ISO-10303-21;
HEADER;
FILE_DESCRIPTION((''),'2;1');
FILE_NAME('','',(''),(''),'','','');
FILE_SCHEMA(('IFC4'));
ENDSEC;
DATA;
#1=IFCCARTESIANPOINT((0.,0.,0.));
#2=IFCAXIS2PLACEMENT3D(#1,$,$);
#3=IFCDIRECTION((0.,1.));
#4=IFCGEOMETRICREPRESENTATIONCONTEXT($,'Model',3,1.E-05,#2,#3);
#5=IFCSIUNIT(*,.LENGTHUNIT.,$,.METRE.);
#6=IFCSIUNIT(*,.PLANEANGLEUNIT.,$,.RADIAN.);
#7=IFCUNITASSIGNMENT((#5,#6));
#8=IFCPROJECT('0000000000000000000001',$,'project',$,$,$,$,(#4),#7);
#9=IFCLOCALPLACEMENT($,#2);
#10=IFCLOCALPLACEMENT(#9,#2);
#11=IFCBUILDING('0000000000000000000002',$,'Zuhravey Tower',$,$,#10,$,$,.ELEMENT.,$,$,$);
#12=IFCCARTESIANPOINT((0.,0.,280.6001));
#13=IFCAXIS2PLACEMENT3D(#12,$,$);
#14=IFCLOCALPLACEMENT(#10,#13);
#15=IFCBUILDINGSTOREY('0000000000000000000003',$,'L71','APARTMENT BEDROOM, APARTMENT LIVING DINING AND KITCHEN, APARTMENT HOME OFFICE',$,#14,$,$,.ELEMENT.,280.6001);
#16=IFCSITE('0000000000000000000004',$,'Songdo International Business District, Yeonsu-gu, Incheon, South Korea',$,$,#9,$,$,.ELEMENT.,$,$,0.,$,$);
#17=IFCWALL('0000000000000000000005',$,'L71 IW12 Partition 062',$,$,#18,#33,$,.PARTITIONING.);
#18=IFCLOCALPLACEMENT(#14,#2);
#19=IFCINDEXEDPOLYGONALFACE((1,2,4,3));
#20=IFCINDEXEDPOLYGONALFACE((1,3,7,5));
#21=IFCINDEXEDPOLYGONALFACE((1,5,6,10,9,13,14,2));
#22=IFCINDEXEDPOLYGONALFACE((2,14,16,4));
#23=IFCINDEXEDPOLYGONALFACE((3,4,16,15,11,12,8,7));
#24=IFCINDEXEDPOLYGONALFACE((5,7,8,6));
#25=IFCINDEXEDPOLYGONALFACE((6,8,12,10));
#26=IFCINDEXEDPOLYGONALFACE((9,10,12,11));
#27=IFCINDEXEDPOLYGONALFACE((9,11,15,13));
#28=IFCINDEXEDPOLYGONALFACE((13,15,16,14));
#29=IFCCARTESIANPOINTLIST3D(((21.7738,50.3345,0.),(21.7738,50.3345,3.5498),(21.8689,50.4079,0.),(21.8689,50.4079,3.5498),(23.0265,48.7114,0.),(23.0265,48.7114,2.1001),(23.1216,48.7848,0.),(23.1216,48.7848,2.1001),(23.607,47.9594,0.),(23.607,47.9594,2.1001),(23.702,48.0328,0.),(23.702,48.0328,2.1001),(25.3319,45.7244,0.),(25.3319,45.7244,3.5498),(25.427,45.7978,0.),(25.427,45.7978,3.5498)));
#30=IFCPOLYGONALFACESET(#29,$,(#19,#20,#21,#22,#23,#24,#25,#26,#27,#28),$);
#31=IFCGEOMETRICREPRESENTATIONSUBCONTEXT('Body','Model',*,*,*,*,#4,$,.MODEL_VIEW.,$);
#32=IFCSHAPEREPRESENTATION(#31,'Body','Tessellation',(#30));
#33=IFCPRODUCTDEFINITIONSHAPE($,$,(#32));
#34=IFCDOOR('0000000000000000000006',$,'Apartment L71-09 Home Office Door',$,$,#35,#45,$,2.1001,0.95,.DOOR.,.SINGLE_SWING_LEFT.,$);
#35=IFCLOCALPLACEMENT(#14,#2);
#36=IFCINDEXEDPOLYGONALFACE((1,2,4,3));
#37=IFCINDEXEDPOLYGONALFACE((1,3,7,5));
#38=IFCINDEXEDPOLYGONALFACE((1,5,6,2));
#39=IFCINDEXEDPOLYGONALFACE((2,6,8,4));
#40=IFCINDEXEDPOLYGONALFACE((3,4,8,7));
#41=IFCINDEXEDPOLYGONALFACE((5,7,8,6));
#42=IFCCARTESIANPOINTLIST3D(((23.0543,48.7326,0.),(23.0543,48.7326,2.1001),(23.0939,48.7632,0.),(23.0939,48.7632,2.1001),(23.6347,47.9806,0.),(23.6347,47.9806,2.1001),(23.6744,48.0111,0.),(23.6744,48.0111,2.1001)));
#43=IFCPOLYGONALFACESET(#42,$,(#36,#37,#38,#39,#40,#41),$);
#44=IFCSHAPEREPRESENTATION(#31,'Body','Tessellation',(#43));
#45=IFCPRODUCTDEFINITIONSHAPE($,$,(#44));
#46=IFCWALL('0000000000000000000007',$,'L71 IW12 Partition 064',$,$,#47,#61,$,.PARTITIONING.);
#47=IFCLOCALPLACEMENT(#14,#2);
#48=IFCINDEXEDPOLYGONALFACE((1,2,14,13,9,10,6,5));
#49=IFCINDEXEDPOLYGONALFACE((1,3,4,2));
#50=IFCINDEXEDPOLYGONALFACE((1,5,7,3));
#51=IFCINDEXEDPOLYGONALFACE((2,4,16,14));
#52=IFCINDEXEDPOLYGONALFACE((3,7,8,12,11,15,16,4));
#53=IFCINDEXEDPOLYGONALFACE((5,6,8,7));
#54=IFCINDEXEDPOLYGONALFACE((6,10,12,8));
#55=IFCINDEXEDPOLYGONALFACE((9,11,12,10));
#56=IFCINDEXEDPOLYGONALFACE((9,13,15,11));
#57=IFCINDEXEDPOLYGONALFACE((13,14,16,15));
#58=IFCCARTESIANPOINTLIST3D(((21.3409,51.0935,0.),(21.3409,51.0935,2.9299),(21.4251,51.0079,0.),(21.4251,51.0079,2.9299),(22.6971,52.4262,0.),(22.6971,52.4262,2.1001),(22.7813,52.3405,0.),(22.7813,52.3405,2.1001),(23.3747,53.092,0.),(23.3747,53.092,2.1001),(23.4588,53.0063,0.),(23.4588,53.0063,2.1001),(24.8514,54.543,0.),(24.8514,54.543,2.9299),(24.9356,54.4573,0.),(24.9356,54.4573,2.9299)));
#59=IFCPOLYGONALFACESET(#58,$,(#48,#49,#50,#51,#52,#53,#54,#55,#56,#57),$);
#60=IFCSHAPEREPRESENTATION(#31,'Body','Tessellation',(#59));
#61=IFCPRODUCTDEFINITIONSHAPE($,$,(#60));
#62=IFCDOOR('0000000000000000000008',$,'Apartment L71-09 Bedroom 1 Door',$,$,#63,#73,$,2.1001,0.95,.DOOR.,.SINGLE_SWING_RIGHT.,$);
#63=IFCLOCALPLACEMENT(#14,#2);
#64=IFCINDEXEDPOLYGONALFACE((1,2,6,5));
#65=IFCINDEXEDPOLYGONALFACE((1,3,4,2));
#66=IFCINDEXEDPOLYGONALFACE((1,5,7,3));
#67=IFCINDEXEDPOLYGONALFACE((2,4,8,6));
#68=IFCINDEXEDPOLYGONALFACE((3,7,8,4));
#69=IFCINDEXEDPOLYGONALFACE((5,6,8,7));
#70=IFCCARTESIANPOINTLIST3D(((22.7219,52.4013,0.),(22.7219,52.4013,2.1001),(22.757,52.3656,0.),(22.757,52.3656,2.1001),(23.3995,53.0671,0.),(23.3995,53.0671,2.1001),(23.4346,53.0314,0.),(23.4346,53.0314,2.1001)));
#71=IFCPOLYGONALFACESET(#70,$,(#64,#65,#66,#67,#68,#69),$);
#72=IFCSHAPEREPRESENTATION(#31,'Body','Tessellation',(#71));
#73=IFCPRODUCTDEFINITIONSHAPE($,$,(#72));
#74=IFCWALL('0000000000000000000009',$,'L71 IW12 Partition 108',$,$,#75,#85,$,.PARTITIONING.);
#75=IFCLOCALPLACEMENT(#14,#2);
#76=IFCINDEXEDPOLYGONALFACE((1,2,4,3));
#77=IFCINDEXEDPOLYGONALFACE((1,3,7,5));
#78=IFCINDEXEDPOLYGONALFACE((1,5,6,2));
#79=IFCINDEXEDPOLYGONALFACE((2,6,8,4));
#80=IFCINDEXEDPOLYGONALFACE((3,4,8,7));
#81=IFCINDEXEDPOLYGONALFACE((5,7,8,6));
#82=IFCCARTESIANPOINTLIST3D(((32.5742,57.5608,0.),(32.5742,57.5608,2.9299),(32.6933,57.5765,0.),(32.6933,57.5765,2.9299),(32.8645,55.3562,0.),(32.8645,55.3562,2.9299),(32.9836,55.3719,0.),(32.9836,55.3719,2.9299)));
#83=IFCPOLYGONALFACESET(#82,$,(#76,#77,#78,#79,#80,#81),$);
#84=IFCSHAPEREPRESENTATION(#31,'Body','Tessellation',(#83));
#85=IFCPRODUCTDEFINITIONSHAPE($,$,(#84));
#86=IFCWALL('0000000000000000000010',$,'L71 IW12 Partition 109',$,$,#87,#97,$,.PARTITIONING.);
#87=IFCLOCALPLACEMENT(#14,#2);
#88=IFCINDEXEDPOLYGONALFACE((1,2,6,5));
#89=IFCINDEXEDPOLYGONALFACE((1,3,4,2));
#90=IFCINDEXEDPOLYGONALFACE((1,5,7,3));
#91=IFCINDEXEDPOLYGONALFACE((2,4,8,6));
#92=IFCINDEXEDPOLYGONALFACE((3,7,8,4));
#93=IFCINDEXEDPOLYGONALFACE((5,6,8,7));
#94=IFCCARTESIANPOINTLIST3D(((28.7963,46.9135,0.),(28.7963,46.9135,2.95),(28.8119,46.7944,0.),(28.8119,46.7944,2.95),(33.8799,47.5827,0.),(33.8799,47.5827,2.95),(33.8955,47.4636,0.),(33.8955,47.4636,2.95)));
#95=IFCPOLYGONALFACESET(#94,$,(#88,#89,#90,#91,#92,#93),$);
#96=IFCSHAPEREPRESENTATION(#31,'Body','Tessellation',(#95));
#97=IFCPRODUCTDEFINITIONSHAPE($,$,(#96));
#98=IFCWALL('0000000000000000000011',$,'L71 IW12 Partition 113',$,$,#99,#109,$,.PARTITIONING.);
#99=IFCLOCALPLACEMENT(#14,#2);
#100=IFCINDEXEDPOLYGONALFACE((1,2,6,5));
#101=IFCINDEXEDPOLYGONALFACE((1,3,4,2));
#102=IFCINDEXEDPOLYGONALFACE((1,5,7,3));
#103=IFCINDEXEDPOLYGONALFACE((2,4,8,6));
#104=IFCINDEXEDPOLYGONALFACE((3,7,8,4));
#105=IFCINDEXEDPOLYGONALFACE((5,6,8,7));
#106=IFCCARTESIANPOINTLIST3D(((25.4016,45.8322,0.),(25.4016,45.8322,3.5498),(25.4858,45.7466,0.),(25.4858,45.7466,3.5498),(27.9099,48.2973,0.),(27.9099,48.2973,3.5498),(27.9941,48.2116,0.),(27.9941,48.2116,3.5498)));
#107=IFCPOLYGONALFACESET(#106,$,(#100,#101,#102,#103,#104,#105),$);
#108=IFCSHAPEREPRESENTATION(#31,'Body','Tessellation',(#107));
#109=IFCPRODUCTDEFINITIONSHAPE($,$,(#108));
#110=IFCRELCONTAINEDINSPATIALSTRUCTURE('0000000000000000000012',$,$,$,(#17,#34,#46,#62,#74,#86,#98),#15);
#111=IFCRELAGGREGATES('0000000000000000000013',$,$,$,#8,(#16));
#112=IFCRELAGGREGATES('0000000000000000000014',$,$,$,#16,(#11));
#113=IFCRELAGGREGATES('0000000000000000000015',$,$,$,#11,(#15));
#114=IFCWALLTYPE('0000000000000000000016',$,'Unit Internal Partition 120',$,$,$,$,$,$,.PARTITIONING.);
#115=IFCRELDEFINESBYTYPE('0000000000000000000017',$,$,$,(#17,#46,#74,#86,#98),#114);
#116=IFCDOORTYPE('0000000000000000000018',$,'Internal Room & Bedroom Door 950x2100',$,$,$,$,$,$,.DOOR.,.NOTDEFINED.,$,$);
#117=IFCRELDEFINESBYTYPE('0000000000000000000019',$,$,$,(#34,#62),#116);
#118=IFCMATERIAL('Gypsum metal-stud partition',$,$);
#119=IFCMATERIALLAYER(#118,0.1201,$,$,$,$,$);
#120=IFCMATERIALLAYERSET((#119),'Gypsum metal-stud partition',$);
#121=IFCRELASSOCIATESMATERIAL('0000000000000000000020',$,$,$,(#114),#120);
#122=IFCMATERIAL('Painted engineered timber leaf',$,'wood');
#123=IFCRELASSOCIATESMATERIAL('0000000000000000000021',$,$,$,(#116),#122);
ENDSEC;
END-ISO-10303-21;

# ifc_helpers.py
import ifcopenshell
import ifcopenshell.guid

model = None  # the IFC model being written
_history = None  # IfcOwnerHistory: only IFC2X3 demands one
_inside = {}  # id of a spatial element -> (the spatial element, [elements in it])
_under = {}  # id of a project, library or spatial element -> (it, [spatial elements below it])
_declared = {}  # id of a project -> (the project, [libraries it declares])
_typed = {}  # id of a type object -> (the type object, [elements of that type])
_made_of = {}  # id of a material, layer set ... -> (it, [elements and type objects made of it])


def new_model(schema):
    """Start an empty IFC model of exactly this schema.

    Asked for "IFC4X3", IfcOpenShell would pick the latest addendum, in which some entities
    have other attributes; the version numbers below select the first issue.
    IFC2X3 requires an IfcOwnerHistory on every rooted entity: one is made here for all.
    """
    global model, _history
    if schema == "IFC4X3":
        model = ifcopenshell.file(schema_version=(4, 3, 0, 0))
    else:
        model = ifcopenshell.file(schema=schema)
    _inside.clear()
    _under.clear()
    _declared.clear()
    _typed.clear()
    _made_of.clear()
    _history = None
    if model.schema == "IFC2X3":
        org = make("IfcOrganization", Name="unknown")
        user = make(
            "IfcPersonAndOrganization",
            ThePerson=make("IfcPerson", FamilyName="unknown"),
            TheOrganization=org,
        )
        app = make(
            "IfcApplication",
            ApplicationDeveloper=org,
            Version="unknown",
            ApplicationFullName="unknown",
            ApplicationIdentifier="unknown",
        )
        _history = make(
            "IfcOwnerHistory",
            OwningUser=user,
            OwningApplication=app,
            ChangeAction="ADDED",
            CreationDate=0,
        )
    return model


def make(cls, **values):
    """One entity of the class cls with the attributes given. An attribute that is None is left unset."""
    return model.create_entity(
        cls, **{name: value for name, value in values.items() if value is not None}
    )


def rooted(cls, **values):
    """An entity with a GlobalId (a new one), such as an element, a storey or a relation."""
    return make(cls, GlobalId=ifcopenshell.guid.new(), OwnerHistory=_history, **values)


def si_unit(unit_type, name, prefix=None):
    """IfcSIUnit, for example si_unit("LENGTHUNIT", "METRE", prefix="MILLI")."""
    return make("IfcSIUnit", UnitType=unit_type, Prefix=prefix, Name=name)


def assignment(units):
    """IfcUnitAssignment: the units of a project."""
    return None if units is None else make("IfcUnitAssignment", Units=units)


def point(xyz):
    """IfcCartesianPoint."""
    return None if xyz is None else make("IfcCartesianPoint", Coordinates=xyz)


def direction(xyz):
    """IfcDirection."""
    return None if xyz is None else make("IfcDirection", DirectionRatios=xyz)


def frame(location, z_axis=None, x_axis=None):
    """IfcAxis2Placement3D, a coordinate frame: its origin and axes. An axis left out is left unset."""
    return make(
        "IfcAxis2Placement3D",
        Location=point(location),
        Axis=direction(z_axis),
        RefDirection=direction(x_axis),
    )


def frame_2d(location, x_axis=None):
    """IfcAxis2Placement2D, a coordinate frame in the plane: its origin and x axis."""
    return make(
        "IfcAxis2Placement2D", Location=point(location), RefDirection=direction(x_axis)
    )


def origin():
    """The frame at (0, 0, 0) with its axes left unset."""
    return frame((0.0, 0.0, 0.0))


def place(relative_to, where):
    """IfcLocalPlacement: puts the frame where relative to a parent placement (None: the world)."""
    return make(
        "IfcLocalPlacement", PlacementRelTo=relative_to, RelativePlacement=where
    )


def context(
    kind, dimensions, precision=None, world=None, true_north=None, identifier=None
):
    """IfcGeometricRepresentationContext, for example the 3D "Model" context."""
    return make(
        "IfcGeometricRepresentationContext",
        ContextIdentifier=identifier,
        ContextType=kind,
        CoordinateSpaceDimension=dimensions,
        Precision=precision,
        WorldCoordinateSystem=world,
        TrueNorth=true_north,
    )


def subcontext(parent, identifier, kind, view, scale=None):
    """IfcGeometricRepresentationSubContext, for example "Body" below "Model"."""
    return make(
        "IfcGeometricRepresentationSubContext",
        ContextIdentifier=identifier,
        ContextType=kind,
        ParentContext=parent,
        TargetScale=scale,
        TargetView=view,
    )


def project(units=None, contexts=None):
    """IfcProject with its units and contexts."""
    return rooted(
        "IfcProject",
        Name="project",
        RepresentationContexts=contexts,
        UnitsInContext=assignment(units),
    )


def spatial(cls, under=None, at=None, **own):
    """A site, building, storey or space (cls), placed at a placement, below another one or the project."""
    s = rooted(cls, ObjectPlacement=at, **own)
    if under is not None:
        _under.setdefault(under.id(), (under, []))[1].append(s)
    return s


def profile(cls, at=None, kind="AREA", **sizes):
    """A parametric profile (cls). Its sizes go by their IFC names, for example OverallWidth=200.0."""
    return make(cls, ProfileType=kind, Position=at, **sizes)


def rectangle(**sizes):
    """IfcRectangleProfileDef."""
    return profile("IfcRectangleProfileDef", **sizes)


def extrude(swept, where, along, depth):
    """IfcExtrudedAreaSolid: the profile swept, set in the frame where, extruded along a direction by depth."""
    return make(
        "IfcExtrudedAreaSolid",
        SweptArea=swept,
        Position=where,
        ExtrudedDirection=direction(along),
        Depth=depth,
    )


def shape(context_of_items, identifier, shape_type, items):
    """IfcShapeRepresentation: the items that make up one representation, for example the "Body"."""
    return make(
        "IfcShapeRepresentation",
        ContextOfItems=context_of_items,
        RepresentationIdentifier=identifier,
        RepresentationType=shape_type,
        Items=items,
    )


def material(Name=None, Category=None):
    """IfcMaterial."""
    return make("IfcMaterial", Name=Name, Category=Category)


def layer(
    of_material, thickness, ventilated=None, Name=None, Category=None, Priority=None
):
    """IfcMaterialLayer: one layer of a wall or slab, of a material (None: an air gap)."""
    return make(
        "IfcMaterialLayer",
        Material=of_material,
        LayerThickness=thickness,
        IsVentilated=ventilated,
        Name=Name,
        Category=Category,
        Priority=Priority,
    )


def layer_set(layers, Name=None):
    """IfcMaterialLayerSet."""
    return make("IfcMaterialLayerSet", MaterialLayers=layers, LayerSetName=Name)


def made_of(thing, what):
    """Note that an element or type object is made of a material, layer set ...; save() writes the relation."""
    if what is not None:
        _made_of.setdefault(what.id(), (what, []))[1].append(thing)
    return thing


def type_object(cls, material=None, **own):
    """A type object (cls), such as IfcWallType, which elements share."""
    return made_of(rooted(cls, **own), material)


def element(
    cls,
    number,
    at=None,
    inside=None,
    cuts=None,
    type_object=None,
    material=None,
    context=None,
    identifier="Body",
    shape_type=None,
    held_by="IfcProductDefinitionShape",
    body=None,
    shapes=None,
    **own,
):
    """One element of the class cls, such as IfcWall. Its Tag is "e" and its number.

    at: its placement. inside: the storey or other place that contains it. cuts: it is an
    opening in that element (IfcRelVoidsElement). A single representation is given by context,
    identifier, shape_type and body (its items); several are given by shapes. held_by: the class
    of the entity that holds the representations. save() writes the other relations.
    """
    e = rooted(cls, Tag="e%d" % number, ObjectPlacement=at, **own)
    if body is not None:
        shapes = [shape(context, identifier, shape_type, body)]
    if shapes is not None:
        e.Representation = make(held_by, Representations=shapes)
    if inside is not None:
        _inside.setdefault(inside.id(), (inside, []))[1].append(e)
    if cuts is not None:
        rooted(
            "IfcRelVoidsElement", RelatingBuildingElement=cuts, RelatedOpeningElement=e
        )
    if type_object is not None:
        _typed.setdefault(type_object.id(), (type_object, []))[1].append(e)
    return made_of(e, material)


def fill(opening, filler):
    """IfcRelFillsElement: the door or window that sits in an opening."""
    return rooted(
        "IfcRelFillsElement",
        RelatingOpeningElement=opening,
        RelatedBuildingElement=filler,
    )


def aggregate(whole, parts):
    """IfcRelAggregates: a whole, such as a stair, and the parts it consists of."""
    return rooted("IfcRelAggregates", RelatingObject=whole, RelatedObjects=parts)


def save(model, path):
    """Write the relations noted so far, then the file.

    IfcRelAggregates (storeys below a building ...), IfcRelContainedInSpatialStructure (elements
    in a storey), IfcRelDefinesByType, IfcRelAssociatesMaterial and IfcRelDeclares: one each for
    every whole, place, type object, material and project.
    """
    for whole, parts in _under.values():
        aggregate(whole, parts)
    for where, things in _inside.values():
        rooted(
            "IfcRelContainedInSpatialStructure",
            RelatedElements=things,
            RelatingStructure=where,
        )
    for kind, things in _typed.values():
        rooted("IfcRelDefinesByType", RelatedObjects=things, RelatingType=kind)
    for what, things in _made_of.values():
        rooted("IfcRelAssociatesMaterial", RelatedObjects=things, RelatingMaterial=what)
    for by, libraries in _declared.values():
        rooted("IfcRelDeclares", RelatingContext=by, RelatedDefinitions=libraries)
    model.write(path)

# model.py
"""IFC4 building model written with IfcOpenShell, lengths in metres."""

from ifc_helpers import new_model, si_unit, direction, frame, frame_2d, origin, place, context, subcontext, project, spatial, rectangle, extrude, material, layer, layer_set, type_object, element, fill, save


model = new_model("IFC4")

# Units and contexts
model_context = context("Model", 3, precision=1e-05, world=origin(), true_north=direction((0.0, 1.0)))
body_context = subcontext(model_context, "Body", "Model", "MODEL_VIEW")
ifc_project = project(units=[si_unit("LENGTHUNIT", "METRE"), si_unit("PLANEANGLEUNIT", "RADIAN")], contexts=[model_context])

# Site, building, storey
site_placement = place(None, origin())
site = spatial("IfcSite", under=ifc_project, at=site_placement, Name="Songdo International Business District, Yeonsu-gu, Incheon, South Korea", CompositionType="ELEMENT", RefElevation=0.0)
building_placement = place(site_placement, origin())
building = spatial("IfcBuilding", under=site, at=building_placement, Name="Zuhravey Tower", CompositionType="ELEMENT")
storey_placement = place(building_placement, frame((0.0, 0.0, 280.6001)))
storey = spatial("IfcBuildingStorey", under=building, at=storey_placement, Name="L71", Description="APARTMENT BEDROOM, APARTMENT LIVING DINING AND KITCHEN, APARTMENT HOME OFFICE", CompositionType="ELEMENT", Elevation=280.6001)

# Walls, openings, doors
ifc_material_1 = material(Name="Gypsum metal-stud partition")
ifc_layer_1 = layer(ifc_material_1, 0.1201)
ifc_layer_set_1 = layer_set([ifc_layer_1], Name="Gypsum metal-stud partition")
wall_type_1 = type_object("IfcWallType", Name="Unit Internal Partition 120", PredefinedType="PARTITIONING", material=ifc_layer_set_1)
ifc_material_2 = material(Name="Painted engineered timber leaf", Category="wood")
door_type_1 = type_object("IfcDoorType", Name="Internal Room & Bedroom Door 950x2100", OperationType="NOTDEFINED", PredefinedType="DOOR", material=ifc_material_2)
wall_1_placement = place(storey_placement, frame((25.3794, 45.7612, 0.0), z_axis=(0.0, 0.0, 1.0), x_axis=(-0.61099, 0.791638, 0.0)))
wall_1 = element("IfcWall", 1, at=wall_1_placement, inside=storey, type_object=wall_type_1, Name="L71 IW12 Partition 062", PredefinedType="PARTITIONING", context=body_context, shape_type="SweptSolid", body=[
    extrude(rectangle(XDim=5.8235, YDim=0.1201, at=frame_2d((2.9116, 0.0))), origin(), (0.0, 0.0, 1.0), 3.5498),
])
opening_1_placement = place(wall_1_placement, frame((2.823, 0.0, 0.0)))
opening_1 = element("IfcOpeningElement", 2, at=opening_1_placement, cuts=wall_1, PredefinedType="OPENING", context=body_context, shape_type="SweptSolid", body=[
    extrude(rectangle(XDim=0.95, YDim=2.1001, at=frame_2d((0.4751, 1.05))), frame((0.0, 0.072, 0.0), z_axis=(0.0, -1.0, 0.0), x_axis=(1.0, 0.0, 0.0)), (0.0, 0.0, 1.0), 0.144),
])
door_1_placement = place(opening_1_placement, frame((0.95, 0.0, 0.0), z_axis=(0.0, 0.0, 1.0), x_axis=(-1.0, 0.0, 0.0)))
door_1 = element("IfcDoor", 3, at=door_1_placement, inside=storey, type_object=door_type_1, Name="Apartment L71-09 Home Office Door", OperationType="SINGLE_SWING_LEFT", OverallHeight=2.1001, OverallWidth=0.95, PredefinedType="DOOR", context=body_context, shape_type="SweptSolid", body=[
    extrude(rectangle(XDim=0.95, YDim=2.1001, at=frame_2d((0.4751, 1.05))), frame((0.0, 0.0249, 0.0), z_axis=(0.0, -1.0, 0.0), x_axis=(1.0, 0.0, 0.0)), (0.0, 0.0, 1.0), 0.05),
])
fill(opening_1, door_1)
wall_2_placement = place(storey_placement, frame((24.8936, 54.5002, 0.0), z_axis=(0.0, 0.0, 1.0), x_axis=(-0.71328, -0.700879, 0.0)))
wall_2 = element("IfcWall", 4, at=wall_2_placement, inside=storey, type_object=wall_type_1, Name="L71 IW12 Partition 064", PredefinedType="PARTITIONING", context=body_context, shape_type="SweptSolid", body=[
    extrude(rectangle(XDim=4.9216, YDim=0.1201, at=frame_2d((2.4609, 0.0))), origin(), (0.0, 0.0, 1.0), 2.9299),
])
opening_2_placement = place(wall_2_placement, frame((2.0703, 0.0, 0.0)))
opening_2 = element("IfcOpeningElement", 5, at=opening_2_placement, cuts=wall_2, PredefinedType="OPENING", context=body_context, shape_type="SweptSolid", body=[
    extrude(rectangle(XDim=0.95, YDim=2.1001, at=frame_2d((0.4751, 1.05))), frame((0.0, 0.072, 0.0), z_axis=(0.0, -1.0, 0.0), x_axis=(1.0, 0.0, 0.0)), (0.0, 0.0, 1.0), 0.144),
])
door_2_placement = place(opening_2_placement, frame((0.95, 0.0, 0.0), z_axis=(0.0, 0.0, 1.0), x_axis=(-1.0, 0.0, 0.0)))
door_2 = element("IfcDoor", 6, at=door_2_placement, inside=storey, type_object=door_type_1, Name="Apartment L71-09 Bedroom 1 Door", OperationType="SINGLE_SWING_RIGHT", OverallHeight=2.1001, OverallWidth=0.95, PredefinedType="DOOR", context=body_context, shape_type="SweptSolid", body=[
    extrude(rectangle(XDim=0.95, YDim=2.1001, at=frame_2d((0.4751, 1.05))), frame((0.0, 0.0249, 0.0), z_axis=(0.0, -1.0, 0.0), x_axis=(1.0, 0.0, 0.0)), (0.0, 0.0, 1.0), 0.05),
])
fill(opening_2, door_2)

# Walls
wall_3_placement = place(storey_placement, frame((32.9241, 55.364, 0.0), z_axis=(0.0, 0.0, 1.0), x_axis=(-0.130545, 0.991442, 0.0)))
element("IfcWall", 7, at=wall_3_placement, inside=storey, type_object=wall_type_1, Name="L71 IW12 Partition 108", PredefinedType="PARTITIONING", context=body_context, shape_type="SweptSolid", body=[
    extrude(rectangle(XDim=2.2236, YDim=0.1201, at=frame_2d((1.1118, 0.0))), origin(), (0.0, 0.0, 1.0), 2.9299),
])
wall_4_placement = place(storey_placement, frame((33.8877, 47.5232, 0.0), z_axis=(0.0, 0.0, 1.0), x_axis=(-0.991447, -0.130514, 0.0)))
element("IfcWall", 8, at=wall_4_placement, inside=storey, type_object=wall_type_1, Name="L71 IW12 Partition 109", PredefinedType="PARTITIONING", context=body_context, shape_type="SweptSolid", body=[
    extrude(rectangle(XDim=5.1274, YDim=0.1201, at=frame_2d((2.5637, 0.0))), origin(), (0.0, 0.0, 1.0), 2.95),
])
wall_5_placement = place(storey_placement, frame((27.9519, 48.2544, 0.0), z_axis=(0.0, 0.0, 1.0), x_axis=(-0.713224, -0.700936, 0.0)))
element("IfcWall", 9, at=wall_5_placement, inside=storey, type_object=wall_type_1, Name="L71 IW12 Partition 113", PredefinedType="PARTITIONING", context=body_context, shape_type="SweptSolid", body=[
    extrude(rectangle(XDim=3.5168, YDim=0.1201, at=frame_2d((1.7583, 0.0))), origin(), (0.0, 0.0, 1.0), 3.5498),
])

save(model, "model.ifc")
